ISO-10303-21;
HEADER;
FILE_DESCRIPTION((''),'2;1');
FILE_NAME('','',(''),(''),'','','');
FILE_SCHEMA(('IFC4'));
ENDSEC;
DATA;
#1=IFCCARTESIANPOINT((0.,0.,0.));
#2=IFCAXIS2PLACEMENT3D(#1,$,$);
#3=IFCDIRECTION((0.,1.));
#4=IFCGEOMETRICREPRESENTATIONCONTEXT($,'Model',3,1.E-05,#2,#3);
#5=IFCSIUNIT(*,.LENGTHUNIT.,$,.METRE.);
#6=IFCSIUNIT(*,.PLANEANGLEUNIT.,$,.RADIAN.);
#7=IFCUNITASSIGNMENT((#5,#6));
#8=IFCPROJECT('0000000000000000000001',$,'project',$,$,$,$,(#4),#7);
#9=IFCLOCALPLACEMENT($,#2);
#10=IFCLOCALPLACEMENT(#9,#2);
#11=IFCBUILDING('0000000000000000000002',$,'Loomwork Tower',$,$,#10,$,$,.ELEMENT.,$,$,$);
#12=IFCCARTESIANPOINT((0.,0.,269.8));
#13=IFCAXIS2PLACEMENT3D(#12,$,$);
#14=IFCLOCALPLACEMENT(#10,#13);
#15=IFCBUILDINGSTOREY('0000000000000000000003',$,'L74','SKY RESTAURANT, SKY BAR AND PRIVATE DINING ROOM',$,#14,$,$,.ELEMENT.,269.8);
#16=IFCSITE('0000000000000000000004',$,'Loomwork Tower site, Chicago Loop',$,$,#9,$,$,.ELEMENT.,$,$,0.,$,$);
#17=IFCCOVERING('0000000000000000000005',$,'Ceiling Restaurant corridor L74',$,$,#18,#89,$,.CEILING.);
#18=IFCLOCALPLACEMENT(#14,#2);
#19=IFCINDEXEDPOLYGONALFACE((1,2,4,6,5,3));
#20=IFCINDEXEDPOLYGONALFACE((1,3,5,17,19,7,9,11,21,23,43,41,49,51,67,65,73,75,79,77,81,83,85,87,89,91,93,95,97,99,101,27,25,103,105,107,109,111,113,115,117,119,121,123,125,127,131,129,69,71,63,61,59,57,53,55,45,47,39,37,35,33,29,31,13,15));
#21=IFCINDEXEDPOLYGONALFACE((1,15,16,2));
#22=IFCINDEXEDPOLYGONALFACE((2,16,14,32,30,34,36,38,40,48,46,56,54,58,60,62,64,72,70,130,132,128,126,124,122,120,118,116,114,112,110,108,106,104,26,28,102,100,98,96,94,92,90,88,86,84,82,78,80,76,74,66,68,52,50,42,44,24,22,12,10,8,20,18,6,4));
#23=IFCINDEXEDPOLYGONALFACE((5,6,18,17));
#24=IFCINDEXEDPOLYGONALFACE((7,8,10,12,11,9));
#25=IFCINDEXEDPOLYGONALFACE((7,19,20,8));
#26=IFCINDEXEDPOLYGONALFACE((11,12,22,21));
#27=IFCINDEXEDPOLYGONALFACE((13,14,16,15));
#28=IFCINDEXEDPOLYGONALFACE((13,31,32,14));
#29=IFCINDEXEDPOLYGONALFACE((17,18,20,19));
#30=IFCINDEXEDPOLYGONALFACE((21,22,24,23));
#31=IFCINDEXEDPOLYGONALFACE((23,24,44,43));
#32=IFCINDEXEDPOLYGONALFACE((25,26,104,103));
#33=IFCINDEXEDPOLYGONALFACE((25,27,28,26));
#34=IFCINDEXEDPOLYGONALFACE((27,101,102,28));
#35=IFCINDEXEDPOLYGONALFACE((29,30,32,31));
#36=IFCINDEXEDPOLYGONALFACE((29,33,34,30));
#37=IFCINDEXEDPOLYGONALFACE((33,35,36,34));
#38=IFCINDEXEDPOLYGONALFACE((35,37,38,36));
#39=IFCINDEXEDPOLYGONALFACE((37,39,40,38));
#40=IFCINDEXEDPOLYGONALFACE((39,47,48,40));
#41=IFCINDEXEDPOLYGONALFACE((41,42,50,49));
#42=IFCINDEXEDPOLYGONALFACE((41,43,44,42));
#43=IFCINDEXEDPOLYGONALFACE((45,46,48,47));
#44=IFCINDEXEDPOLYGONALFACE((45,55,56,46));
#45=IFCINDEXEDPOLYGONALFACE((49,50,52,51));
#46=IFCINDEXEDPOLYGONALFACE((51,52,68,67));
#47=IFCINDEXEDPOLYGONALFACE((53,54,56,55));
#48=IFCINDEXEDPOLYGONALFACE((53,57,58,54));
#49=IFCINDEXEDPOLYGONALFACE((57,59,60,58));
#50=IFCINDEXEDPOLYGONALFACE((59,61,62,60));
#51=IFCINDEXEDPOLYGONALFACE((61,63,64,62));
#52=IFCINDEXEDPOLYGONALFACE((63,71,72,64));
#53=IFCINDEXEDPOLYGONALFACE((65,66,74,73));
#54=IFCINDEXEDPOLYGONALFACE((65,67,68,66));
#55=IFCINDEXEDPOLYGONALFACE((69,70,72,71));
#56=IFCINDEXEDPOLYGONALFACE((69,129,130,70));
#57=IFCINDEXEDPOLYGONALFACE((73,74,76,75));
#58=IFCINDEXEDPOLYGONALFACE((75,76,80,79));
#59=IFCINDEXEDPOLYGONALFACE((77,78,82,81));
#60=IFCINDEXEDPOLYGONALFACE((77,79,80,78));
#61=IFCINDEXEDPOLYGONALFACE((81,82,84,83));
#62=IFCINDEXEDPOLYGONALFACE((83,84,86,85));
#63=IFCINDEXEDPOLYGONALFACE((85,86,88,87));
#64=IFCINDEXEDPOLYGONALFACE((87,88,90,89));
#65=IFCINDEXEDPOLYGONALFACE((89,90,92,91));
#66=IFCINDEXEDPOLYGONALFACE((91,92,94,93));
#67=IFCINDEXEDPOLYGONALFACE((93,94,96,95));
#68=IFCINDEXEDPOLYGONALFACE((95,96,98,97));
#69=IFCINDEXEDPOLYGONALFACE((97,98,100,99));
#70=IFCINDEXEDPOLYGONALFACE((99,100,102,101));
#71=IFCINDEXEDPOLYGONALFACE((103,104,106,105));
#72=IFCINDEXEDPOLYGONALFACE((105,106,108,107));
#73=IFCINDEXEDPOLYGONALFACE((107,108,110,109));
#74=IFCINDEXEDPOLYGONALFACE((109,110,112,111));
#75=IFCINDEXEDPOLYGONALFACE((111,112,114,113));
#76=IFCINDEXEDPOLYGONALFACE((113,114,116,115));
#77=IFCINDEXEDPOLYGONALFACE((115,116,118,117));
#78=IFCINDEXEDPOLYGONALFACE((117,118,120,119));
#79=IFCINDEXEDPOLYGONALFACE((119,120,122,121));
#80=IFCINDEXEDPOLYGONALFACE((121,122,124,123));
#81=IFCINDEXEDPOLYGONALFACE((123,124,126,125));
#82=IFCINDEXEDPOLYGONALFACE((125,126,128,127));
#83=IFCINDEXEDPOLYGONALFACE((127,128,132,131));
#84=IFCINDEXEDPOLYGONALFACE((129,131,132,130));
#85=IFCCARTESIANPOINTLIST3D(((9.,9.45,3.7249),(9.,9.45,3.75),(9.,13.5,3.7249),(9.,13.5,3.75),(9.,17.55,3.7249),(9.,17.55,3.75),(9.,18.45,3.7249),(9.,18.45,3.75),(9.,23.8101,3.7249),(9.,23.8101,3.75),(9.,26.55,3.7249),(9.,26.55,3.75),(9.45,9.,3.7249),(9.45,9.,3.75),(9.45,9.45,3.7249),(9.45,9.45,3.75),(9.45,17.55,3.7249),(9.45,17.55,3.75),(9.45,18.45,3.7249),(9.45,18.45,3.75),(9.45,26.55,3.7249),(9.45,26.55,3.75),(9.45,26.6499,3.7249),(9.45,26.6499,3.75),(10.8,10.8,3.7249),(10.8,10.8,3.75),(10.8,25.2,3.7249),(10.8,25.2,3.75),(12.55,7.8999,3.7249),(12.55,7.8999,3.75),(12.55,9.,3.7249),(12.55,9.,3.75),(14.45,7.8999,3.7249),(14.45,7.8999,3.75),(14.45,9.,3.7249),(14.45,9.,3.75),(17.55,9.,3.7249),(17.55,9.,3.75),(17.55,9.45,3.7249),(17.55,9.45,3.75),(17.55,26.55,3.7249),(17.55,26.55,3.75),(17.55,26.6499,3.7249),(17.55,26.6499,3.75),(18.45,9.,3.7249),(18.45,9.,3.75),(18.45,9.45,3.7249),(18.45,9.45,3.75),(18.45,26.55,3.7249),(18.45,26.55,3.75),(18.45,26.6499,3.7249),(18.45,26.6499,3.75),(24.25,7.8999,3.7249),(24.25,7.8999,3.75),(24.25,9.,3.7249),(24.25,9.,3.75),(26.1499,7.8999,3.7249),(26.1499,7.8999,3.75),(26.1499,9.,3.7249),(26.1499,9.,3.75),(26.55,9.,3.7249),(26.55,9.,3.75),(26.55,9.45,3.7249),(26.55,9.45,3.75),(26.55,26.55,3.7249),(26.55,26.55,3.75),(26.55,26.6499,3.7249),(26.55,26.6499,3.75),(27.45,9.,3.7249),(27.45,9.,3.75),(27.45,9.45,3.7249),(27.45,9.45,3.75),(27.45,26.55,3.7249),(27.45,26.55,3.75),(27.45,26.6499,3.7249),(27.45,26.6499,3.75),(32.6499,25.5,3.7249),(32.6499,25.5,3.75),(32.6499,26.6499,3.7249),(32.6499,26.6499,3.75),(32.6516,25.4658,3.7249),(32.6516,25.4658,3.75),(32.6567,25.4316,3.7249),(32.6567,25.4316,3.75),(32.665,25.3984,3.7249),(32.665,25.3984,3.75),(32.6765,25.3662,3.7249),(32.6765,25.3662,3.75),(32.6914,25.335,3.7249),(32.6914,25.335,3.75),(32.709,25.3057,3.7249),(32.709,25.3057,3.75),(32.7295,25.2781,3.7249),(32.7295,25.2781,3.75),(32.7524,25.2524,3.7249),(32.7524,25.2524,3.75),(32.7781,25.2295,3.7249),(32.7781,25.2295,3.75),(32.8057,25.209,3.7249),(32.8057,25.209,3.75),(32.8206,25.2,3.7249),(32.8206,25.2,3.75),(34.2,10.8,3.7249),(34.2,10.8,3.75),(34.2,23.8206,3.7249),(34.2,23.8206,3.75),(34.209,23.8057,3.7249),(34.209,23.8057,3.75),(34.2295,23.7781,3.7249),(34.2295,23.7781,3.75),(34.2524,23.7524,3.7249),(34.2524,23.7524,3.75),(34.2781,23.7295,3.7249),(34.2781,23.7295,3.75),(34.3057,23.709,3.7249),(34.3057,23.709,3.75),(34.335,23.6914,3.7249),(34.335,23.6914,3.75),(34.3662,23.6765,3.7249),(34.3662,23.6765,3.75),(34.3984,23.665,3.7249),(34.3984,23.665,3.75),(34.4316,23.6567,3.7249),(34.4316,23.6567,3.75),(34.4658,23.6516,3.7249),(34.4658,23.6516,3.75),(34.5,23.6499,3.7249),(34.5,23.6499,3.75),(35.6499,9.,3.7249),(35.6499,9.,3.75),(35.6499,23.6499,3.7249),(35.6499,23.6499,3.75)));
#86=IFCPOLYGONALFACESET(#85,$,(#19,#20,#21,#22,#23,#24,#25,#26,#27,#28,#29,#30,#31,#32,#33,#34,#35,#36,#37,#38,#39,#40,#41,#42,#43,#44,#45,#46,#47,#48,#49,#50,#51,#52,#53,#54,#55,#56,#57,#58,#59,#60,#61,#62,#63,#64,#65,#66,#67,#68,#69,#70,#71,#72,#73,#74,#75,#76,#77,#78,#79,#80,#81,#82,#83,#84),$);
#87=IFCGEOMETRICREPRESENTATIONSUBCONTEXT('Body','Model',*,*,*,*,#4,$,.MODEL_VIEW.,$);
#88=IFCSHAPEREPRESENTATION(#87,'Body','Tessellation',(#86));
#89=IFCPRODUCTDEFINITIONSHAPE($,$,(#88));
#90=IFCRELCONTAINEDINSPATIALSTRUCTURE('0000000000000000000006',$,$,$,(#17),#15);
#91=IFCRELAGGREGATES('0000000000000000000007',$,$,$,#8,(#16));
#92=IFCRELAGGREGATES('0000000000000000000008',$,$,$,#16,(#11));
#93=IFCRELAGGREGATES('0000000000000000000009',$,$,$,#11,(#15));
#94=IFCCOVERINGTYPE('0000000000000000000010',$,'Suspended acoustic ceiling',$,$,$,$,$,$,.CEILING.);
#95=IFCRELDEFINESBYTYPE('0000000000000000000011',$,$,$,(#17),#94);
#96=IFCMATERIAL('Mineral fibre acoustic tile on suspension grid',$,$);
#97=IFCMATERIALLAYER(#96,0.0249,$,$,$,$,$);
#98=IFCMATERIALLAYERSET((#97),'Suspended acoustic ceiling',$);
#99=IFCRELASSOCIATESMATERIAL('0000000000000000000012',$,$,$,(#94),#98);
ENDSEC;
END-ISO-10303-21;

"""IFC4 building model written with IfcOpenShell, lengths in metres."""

from ifc_helpers import new_model, si_unit, direction, frame, origin, place, context, subcontext, project, spatial, polyline, outline, extrude, material, layer, layer_set, type_object, element, save


model = new_model("IFC4")

# Units and contexts
model_context = context("Model", 3, precision=1e-05, world=origin(), true_north=direction((0.0, 1.0)))
body_context = subcontext(model_context, "Body", "Model", "MODEL_VIEW")
ifc_project = project(units=[si_unit("LENGTHUNIT", "METRE"), si_unit("PLANEANGLEUNIT", "RADIAN")], contexts=[model_context])

# Site, building, storey
site_placement = place(None, origin())
site = spatial("IfcSite", under=ifc_project, at=site_placement, Name="Loomwork Tower site, Chicago Loop", CompositionType="ELEMENT", RefElevation=0.0)
building_placement = place(site_placement, origin())
building = spatial("IfcBuilding", under=site, at=building_placement, Name="Loomwork Tower", CompositionType="ELEMENT")
storey_placement = place(building_placement, frame((0.0, 0.0, 269.8)))
storey = spatial("IfcBuildingStorey", under=building, at=storey_placement, Name="L74", Description="SKY RESTAURANT, SKY BAR AND PRIVATE DINING ROOM", CompositionType="ELEMENT", Elevation=269.8)

# Covering
ifc_material_1 = material(Name="Mineral fibre acoustic tile on suspension grid")
ifc_layer_1 = layer(ifc_material_1, 0.0249)
ifc_layer_set_1 = layer_set([ifc_layer_1], Name="Suspended acoustic ceiling")
covering_type_1 = type_object("IfcCoveringType", Name="Suspended acoustic ceiling", PredefinedType="CEILING", material=ifc_layer_set_1)
covering_1_placement = place(storey_placement, frame((0.0, 0.0, 3.7249)))
element("IfcCovering", 1, at=covering_1_placement, inside=storey, type_object=covering_type_1, Name="Ceiling Restaurant corridor L74", PredefinedType="CEILING", context=body_context, shape_type="SweptSolid", body=[
    extrude(outline(polyline([(32.6567, 25.4316), (32.665, 25.3984), (32.6765, 25.3662), (32.6914, 25.335), (32.709, 25.3057), (32.7295, 25.2781), (32.7524, 25.2524), (32.7781, 25.2295), (32.8057, 25.209), (32.8206, 25.2), (10.8, 25.2), (10.8, 10.8), (34.2, 10.8), (34.2, 23.8206), (34.209, 23.8057), (34.2295, 23.7781), (34.2524, 23.7524), (34.2781, 23.7295), (34.3057, 23.709), (34.335, 23.6914), (34.3662, 23.6765), (34.3984, 23.665), (34.4316, 23.6567), (34.4658, 23.6516), (34.5, 23.6499), (35.6499, 23.6499), (35.6499, 9.0), (27.45, 9.0), (27.45, 9.45), (26.55, 9.45), (26.55, 9.0), (26.1499, 9.0), (26.1499, 7.8999), (24.25, 7.8999), (24.25, 9.0), (18.45, 9.0), (18.45, 9.45), (17.55, 9.45), (17.55, 9.0), (14.45, 9.0), (14.45, 7.8999), (12.55, 7.8999), (12.55, 9.0), (9.45, 9.0), (9.45, 9.45), (9.0, 9.45), (9.0, 13.5), (9.0, 17.55), (9.45, 17.55), (9.45, 18.45), (9.0, 18.45), (9.0, 23.8101), (9.0, 26.55), (9.45, 26.55), (9.45, 26.6499), (17.55, 26.6499), (17.55, 26.55), (18.45, 26.55), (18.45, 26.6499), (26.55, 26.6499), (26.55, 26.55), (27.45, 26.55), (27.45, 26.6499), (32.6499, 26.6499), (32.6499, 25.5), (32.6516, 25.4658), (32.6567, 25.4316)])), origin(), (0.0, 0.0, 1.0), 0.0251),
])

save(model, "model.ifc")
